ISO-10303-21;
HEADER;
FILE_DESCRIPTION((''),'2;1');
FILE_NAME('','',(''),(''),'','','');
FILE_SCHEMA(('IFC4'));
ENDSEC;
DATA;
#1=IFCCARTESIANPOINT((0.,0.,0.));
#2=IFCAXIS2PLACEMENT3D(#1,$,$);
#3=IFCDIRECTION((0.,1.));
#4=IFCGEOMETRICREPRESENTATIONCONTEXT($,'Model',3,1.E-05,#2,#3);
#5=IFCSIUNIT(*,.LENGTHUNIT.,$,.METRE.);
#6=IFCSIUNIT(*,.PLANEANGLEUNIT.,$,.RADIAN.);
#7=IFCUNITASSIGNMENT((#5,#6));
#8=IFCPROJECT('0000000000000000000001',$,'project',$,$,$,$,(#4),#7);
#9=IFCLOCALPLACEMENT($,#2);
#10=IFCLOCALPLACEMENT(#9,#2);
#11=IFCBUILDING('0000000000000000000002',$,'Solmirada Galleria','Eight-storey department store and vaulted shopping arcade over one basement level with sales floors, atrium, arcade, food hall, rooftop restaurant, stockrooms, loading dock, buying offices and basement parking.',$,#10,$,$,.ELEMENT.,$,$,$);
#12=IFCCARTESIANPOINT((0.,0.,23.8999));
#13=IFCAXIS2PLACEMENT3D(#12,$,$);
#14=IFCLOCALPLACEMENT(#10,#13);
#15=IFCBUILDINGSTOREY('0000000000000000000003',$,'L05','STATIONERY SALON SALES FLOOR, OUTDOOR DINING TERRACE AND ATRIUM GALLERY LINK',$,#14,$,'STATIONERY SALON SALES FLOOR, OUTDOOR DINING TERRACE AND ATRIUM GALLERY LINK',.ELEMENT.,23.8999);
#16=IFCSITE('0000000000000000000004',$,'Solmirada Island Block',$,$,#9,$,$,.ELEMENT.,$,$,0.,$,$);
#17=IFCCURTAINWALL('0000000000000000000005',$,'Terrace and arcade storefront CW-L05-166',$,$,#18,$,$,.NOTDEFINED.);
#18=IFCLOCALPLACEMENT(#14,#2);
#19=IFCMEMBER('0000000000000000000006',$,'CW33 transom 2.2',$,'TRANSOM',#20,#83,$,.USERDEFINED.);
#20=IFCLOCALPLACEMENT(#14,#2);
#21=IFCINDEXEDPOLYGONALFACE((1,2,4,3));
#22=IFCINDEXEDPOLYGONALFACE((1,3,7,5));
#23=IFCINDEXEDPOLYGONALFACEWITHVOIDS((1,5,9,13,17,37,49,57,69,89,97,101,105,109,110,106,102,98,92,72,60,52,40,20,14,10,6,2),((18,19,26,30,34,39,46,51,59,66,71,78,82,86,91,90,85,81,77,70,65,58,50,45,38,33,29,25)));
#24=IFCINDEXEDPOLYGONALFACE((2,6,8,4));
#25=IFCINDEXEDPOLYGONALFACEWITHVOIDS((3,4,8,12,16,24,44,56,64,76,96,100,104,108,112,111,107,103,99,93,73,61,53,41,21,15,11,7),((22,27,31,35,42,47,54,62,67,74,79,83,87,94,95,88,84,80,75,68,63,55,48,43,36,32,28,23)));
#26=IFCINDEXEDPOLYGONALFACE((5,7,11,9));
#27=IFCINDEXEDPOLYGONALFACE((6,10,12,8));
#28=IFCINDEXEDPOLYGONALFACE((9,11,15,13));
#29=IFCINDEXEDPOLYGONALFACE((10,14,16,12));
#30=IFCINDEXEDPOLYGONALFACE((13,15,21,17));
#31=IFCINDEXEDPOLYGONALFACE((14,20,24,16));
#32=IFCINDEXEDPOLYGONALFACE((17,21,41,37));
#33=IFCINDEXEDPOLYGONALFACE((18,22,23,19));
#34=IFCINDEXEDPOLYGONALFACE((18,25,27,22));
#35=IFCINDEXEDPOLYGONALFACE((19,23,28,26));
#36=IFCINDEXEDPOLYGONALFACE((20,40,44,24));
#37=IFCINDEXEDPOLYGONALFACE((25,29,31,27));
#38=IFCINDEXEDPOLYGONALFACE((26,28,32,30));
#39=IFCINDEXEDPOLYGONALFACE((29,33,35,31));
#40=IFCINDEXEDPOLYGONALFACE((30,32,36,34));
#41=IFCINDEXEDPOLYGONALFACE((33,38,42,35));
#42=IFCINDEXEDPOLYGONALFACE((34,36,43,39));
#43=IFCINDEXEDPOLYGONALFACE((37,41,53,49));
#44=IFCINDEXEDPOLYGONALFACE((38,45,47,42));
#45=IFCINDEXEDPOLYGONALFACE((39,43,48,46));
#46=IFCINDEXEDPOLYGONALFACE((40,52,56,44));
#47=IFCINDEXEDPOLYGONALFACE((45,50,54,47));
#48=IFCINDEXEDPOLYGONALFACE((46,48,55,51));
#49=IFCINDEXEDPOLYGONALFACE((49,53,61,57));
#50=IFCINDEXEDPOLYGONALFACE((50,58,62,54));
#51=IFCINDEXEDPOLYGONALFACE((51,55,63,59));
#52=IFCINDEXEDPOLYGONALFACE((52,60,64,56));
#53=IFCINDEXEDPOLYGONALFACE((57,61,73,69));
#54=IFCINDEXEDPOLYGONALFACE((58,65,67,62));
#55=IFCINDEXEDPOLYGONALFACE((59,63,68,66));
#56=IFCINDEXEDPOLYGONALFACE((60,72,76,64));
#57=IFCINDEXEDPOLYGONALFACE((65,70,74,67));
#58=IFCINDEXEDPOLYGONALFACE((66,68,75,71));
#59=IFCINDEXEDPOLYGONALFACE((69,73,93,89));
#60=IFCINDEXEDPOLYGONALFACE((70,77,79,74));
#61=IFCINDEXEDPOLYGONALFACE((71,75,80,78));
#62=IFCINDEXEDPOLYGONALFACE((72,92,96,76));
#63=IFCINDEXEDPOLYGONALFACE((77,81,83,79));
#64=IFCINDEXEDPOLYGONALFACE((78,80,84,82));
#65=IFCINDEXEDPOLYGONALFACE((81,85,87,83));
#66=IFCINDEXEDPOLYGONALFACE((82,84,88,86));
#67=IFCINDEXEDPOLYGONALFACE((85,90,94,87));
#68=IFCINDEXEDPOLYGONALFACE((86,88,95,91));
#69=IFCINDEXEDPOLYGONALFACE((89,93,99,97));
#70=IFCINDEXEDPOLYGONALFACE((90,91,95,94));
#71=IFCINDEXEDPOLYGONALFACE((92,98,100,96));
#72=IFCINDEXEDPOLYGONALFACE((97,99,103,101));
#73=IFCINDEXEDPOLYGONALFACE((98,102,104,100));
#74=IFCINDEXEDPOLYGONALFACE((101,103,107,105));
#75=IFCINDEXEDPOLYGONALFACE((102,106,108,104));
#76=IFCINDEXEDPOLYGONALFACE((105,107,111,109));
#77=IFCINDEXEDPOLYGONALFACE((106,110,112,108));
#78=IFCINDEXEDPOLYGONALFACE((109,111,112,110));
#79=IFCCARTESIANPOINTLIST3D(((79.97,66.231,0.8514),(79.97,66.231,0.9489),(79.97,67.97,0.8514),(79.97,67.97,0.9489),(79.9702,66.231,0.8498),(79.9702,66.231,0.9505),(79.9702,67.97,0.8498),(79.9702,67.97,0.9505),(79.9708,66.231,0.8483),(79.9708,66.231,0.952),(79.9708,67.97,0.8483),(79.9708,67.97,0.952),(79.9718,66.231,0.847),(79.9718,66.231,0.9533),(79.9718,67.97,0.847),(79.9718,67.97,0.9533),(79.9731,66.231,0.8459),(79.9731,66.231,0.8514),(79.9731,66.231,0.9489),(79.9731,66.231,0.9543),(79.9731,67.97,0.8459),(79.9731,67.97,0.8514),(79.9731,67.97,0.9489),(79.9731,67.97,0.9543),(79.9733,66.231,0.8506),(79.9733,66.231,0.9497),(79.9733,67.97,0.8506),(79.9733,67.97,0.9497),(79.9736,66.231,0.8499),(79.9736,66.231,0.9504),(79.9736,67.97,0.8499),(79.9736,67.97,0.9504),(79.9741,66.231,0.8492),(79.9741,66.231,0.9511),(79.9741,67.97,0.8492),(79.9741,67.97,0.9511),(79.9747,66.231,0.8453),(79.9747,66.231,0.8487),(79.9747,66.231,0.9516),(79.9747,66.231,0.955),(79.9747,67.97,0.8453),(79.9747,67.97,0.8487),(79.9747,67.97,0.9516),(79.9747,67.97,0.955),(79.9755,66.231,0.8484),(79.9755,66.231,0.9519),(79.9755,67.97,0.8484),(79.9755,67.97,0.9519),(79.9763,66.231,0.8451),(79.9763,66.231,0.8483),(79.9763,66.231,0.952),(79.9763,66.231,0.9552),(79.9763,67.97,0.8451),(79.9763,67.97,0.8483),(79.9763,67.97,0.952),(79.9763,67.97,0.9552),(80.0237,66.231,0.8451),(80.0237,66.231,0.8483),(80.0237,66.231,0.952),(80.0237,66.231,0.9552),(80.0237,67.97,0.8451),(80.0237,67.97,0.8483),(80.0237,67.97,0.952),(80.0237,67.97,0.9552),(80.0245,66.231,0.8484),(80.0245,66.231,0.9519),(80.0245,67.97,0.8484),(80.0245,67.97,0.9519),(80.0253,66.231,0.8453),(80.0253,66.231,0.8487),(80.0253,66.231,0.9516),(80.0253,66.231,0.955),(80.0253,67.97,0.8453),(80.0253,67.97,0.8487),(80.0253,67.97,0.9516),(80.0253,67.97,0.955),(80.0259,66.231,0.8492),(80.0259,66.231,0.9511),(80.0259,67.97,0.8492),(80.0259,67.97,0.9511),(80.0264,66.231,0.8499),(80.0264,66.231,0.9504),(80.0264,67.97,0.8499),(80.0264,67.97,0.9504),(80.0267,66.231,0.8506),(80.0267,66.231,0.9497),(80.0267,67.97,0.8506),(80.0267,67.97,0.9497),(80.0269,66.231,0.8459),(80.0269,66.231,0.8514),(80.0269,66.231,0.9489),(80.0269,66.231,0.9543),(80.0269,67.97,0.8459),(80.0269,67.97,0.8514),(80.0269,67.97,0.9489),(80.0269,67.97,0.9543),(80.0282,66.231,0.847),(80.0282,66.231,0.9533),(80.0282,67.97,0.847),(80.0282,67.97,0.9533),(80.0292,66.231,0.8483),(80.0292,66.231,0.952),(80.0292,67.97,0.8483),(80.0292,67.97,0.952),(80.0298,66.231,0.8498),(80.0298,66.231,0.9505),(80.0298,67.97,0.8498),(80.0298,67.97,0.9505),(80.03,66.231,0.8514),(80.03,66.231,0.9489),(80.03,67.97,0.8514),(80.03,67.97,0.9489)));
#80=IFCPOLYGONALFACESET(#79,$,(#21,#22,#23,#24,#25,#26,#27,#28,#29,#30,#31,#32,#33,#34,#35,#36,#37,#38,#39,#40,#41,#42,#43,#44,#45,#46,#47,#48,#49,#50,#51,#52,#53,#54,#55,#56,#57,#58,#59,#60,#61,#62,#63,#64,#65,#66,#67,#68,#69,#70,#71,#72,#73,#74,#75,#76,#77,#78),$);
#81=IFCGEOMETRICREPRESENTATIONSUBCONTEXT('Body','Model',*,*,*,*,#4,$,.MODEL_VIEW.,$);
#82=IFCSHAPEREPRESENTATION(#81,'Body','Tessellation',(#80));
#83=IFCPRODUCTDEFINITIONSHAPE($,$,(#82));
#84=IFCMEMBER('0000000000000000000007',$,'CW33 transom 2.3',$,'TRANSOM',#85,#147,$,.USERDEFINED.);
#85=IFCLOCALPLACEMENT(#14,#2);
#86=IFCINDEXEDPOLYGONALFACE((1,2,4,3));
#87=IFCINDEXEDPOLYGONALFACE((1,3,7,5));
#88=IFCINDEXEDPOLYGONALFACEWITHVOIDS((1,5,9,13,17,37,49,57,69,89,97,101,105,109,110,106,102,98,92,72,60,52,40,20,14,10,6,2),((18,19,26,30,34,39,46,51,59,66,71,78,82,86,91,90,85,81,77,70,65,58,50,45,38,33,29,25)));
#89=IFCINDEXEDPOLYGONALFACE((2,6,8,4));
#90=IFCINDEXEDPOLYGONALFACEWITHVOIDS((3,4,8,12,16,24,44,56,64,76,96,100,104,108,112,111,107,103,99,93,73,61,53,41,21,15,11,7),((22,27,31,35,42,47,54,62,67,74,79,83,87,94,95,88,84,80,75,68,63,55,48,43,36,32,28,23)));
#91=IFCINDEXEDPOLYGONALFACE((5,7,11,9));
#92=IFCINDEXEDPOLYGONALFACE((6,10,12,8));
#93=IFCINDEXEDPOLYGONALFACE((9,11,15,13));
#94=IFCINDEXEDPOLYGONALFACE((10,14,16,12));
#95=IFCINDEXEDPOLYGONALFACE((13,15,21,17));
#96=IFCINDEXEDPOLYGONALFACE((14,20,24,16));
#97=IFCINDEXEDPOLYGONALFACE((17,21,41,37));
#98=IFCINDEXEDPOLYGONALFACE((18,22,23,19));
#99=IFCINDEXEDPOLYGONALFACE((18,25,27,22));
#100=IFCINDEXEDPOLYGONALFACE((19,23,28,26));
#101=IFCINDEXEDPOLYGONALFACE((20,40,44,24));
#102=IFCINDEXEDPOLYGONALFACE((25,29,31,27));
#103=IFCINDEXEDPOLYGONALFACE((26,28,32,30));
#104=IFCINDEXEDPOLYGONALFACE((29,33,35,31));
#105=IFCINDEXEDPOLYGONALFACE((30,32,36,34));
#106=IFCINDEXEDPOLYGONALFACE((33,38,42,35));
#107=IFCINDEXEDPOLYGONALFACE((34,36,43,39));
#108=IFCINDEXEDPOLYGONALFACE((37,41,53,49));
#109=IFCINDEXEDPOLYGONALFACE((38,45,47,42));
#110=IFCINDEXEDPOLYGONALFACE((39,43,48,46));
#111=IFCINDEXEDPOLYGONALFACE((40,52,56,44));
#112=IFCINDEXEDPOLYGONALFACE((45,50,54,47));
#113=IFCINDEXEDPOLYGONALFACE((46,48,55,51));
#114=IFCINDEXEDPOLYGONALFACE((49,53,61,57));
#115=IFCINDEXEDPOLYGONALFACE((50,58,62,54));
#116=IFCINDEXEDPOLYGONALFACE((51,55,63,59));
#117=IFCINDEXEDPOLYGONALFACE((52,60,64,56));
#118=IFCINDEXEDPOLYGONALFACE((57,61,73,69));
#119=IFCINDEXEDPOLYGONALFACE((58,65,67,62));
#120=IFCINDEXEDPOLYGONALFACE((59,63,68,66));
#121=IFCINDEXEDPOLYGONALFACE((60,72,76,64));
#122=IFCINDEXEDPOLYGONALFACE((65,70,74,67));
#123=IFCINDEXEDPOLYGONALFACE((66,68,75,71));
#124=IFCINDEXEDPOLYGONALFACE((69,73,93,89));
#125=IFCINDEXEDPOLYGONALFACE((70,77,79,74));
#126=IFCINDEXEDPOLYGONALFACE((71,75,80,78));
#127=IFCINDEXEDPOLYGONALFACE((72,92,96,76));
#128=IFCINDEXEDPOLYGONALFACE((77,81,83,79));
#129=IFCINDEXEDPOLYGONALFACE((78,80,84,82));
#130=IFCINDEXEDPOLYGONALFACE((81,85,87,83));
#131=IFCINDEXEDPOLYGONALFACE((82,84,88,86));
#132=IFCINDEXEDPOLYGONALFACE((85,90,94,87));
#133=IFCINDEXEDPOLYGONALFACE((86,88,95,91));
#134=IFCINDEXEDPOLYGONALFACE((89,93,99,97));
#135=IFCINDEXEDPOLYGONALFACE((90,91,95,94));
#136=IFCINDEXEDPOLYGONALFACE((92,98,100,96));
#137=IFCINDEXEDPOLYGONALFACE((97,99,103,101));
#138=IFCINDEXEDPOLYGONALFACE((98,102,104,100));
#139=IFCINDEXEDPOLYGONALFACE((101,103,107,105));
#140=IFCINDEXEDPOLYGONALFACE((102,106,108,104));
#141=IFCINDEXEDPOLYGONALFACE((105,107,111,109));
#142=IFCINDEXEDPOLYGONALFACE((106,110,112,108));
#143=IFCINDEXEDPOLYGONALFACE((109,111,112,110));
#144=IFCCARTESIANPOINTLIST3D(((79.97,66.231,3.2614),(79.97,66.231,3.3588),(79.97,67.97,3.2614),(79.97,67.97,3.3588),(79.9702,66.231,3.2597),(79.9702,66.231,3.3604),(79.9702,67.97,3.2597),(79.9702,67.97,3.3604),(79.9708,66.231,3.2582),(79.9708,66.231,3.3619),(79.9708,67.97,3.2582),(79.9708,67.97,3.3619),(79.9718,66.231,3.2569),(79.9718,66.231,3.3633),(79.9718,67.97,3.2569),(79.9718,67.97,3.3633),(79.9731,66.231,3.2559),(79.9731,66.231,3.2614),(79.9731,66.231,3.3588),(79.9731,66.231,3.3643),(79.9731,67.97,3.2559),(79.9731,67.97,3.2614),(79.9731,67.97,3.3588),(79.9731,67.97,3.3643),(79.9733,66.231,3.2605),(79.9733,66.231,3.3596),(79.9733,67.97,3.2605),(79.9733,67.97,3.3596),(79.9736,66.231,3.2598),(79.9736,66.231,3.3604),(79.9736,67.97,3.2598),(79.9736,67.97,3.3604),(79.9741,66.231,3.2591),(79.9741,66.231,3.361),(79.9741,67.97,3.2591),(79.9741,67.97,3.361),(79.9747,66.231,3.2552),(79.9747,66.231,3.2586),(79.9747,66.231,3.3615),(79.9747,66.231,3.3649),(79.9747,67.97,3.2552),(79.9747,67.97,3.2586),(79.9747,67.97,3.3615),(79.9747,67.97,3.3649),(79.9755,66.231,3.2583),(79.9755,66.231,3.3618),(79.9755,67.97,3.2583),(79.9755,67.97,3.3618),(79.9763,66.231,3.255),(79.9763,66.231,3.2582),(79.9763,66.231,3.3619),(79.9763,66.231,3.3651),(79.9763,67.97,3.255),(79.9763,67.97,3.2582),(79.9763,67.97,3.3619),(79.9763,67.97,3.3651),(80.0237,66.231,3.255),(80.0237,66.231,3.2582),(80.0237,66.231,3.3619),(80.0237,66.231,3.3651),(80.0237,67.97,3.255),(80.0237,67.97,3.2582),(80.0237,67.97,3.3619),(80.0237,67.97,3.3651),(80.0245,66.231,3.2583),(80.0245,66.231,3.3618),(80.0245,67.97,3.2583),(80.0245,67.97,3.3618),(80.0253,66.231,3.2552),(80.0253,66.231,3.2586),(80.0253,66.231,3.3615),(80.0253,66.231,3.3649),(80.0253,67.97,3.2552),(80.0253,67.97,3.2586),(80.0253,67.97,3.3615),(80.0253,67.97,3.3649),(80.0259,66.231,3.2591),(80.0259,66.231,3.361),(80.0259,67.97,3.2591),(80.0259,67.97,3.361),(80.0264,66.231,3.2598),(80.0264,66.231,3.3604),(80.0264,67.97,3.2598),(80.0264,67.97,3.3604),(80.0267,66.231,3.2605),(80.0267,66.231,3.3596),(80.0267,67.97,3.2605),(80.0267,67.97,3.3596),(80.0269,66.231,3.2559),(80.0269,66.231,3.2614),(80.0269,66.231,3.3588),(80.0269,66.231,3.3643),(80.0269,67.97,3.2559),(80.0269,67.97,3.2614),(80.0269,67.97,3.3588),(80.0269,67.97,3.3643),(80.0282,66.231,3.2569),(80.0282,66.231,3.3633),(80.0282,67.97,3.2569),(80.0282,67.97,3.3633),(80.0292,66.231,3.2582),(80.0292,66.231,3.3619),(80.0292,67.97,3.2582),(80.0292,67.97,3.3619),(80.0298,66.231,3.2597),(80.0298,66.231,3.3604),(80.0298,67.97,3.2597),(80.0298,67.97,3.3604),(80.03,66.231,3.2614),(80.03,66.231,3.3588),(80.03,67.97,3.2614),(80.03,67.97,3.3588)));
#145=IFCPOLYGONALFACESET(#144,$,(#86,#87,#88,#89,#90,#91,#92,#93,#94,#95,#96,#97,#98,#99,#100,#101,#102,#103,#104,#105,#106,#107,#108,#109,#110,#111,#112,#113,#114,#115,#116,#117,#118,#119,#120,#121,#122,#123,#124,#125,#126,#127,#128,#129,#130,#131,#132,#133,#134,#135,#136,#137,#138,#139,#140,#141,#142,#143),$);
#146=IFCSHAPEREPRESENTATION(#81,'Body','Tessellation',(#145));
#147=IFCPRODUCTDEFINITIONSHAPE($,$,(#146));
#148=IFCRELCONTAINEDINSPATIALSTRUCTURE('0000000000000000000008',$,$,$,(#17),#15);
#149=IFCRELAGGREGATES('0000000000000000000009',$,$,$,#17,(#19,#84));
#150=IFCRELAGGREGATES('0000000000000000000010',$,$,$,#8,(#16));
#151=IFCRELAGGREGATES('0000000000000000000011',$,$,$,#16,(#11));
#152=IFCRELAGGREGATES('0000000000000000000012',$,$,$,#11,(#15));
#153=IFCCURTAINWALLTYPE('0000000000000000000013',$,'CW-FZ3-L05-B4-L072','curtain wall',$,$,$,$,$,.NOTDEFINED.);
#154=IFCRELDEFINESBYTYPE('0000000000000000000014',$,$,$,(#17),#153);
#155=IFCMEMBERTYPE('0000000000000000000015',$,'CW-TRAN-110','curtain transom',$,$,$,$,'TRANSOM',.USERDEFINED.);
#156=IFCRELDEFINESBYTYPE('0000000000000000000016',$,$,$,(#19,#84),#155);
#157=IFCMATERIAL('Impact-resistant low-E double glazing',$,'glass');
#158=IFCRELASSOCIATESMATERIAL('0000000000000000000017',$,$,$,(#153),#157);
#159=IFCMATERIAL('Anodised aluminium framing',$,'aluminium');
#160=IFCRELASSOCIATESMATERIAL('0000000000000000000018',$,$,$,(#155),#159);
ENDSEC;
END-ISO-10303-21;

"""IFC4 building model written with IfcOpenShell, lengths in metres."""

from ifc_helpers import new_model, si_unit, direction, frame, origin, origin_2d, place, context, subcontext, project, spatial, hollow_rectangle, extrude, material, material_profile, profile_set, type_object, element, aggregate, save


model = new_model("IFC4")

# Units and contexts
model_context = context("Model", 3, precision=1e-05, world=origin(), true_north=direction((0.0, 1.0)))
body_context = subcontext(model_context, "Body", "Model", "MODEL_VIEW")
ifc_project = project(units=[si_unit("LENGTHUNIT", "METRE"), si_unit("PLANEANGLEUNIT", "RADIAN")], contexts=[model_context])

# Site, building, storey
site_placement = place(None, origin())
site = spatial("IfcSite", under=ifc_project, at=site_placement, Name="Solmirada Island Block", CompositionType="ELEMENT", RefElevation=0.0)
building_placement = place(site_placement, origin())
building = spatial("IfcBuilding", under=site, at=building_placement, Name="Solmirada Galleria", Description="Eight-storey department store and vaulted shopping arcade over one basement level with sales floors, atrium, arcade, food hall, rooftop restaurant, stockrooms, loading dock, buying offices and basement parking.", CompositionType="ELEMENT")
storey_placement = place(building_placement, frame((0.0, 0.0, 23.8999)))
storey = spatial("IfcBuildingStorey", under=building, at=storey_placement, Name="L05", Description="STATIONERY SALON SALES FLOOR, OUTDOOR DINING TERRACE AND ATRIUM GALLERY LINK", LongName="STATIONERY SALON SALES FLOOR, OUTDOOR DINING TERRACE AND ATRIUM GALLERY LINK", CompositionType="ELEMENT", Elevation=23.8999)

# Shared definitions
ifc_material_1 = material(Name="Impact-resistant low-E double glazing", Category="glass")
curtain_wall_type = type_object("IfcCurtainWallType", Name="CW-FZ3-L05-B4-L072", Description="curtain wall", PredefinedType="NOTDEFINED", material=ifc_material_1)
ifc_material_2 = material(Name="Anodised aluminium framing", Category="aluminium")

# Curtain wall
curtain_wall_1_placement = place(storey_placement, origin())
curtain_wall_1 = element("IfcCurtainWall", 1, at=curtain_wall_1_placement, inside=storey, type_object=curtain_wall_type, Name="Terrace and arcade storefront CW-L05-166", PredefinedType="NOTDEFINED")

# Members
ifc_material_profile_1 = material_profile(ifc_material_2, hollow_rectangle(XDim=0.0601, YDim=0.1101, WallThickness=0.0032, InnerFilletRadius=0.0032, OuterFilletRadius=0.0063, at=origin_2d()), Name="ALU-TRAN-110X60")
ifc_profile_set_1 = profile_set([ifc_material_profile_1], Name="Anodised aluminium framing")
member_type_1 = type_object("IfcMemberType", Name="CW-TRAN-110", Description="curtain transom", ElementType="TRANSOM", PredefinedType="USERDEFINED", material=ifc_profile_set_1)
member_1_placement = place(storey_placement, frame((80.0, 66.231, 0.9001), z_axis=(0.0, 1.0, 0.0), x_axis=(-1.0, 0.0, 0.0)))
member_1 = element("IfcMember", 2, at=member_1_placement, type_object=member_type_1, Name="CW33 transom 2.2", ObjectType="TRANSOM", PredefinedType="USERDEFINED", context=body_context, shape_type="SweptSolid", body=[
    extrude(hollow_rectangle(XDim=0.0601, YDim=0.1101, WallThickness=0.0032, InnerFilletRadius=0.0032, OuterFilletRadius=0.0063, at=origin_2d()), origin(), (0.0, 0.0, 1.0), 1.739),
])
member_2_placement = place(storey_placement, frame((80.0, 66.231, 3.3101), z_axis=(0.0, 1.0, 0.0), x_axis=(-1.0, 0.0, 0.0)))
member_2 = element("IfcMember", 3, at=member_2_placement, type_object=member_type_1, Name="CW33 transom 2.3", ObjectType="TRANSOM", PredefinedType="USERDEFINED", context=body_context, shape_type="SweptSolid", body=[
    extrude(hollow_rectangle(XDim=0.0601, YDim=0.1101, WallThickness=0.0032, InnerFilletRadius=0.0032, OuterFilletRadius=0.0063, at=origin_2d()), origin(), (0.0, 0.0, 1.0), 1.739),
])

aggregate(curtain_wall_1, [member_1, member_2])

save(model, "model.ifc")
